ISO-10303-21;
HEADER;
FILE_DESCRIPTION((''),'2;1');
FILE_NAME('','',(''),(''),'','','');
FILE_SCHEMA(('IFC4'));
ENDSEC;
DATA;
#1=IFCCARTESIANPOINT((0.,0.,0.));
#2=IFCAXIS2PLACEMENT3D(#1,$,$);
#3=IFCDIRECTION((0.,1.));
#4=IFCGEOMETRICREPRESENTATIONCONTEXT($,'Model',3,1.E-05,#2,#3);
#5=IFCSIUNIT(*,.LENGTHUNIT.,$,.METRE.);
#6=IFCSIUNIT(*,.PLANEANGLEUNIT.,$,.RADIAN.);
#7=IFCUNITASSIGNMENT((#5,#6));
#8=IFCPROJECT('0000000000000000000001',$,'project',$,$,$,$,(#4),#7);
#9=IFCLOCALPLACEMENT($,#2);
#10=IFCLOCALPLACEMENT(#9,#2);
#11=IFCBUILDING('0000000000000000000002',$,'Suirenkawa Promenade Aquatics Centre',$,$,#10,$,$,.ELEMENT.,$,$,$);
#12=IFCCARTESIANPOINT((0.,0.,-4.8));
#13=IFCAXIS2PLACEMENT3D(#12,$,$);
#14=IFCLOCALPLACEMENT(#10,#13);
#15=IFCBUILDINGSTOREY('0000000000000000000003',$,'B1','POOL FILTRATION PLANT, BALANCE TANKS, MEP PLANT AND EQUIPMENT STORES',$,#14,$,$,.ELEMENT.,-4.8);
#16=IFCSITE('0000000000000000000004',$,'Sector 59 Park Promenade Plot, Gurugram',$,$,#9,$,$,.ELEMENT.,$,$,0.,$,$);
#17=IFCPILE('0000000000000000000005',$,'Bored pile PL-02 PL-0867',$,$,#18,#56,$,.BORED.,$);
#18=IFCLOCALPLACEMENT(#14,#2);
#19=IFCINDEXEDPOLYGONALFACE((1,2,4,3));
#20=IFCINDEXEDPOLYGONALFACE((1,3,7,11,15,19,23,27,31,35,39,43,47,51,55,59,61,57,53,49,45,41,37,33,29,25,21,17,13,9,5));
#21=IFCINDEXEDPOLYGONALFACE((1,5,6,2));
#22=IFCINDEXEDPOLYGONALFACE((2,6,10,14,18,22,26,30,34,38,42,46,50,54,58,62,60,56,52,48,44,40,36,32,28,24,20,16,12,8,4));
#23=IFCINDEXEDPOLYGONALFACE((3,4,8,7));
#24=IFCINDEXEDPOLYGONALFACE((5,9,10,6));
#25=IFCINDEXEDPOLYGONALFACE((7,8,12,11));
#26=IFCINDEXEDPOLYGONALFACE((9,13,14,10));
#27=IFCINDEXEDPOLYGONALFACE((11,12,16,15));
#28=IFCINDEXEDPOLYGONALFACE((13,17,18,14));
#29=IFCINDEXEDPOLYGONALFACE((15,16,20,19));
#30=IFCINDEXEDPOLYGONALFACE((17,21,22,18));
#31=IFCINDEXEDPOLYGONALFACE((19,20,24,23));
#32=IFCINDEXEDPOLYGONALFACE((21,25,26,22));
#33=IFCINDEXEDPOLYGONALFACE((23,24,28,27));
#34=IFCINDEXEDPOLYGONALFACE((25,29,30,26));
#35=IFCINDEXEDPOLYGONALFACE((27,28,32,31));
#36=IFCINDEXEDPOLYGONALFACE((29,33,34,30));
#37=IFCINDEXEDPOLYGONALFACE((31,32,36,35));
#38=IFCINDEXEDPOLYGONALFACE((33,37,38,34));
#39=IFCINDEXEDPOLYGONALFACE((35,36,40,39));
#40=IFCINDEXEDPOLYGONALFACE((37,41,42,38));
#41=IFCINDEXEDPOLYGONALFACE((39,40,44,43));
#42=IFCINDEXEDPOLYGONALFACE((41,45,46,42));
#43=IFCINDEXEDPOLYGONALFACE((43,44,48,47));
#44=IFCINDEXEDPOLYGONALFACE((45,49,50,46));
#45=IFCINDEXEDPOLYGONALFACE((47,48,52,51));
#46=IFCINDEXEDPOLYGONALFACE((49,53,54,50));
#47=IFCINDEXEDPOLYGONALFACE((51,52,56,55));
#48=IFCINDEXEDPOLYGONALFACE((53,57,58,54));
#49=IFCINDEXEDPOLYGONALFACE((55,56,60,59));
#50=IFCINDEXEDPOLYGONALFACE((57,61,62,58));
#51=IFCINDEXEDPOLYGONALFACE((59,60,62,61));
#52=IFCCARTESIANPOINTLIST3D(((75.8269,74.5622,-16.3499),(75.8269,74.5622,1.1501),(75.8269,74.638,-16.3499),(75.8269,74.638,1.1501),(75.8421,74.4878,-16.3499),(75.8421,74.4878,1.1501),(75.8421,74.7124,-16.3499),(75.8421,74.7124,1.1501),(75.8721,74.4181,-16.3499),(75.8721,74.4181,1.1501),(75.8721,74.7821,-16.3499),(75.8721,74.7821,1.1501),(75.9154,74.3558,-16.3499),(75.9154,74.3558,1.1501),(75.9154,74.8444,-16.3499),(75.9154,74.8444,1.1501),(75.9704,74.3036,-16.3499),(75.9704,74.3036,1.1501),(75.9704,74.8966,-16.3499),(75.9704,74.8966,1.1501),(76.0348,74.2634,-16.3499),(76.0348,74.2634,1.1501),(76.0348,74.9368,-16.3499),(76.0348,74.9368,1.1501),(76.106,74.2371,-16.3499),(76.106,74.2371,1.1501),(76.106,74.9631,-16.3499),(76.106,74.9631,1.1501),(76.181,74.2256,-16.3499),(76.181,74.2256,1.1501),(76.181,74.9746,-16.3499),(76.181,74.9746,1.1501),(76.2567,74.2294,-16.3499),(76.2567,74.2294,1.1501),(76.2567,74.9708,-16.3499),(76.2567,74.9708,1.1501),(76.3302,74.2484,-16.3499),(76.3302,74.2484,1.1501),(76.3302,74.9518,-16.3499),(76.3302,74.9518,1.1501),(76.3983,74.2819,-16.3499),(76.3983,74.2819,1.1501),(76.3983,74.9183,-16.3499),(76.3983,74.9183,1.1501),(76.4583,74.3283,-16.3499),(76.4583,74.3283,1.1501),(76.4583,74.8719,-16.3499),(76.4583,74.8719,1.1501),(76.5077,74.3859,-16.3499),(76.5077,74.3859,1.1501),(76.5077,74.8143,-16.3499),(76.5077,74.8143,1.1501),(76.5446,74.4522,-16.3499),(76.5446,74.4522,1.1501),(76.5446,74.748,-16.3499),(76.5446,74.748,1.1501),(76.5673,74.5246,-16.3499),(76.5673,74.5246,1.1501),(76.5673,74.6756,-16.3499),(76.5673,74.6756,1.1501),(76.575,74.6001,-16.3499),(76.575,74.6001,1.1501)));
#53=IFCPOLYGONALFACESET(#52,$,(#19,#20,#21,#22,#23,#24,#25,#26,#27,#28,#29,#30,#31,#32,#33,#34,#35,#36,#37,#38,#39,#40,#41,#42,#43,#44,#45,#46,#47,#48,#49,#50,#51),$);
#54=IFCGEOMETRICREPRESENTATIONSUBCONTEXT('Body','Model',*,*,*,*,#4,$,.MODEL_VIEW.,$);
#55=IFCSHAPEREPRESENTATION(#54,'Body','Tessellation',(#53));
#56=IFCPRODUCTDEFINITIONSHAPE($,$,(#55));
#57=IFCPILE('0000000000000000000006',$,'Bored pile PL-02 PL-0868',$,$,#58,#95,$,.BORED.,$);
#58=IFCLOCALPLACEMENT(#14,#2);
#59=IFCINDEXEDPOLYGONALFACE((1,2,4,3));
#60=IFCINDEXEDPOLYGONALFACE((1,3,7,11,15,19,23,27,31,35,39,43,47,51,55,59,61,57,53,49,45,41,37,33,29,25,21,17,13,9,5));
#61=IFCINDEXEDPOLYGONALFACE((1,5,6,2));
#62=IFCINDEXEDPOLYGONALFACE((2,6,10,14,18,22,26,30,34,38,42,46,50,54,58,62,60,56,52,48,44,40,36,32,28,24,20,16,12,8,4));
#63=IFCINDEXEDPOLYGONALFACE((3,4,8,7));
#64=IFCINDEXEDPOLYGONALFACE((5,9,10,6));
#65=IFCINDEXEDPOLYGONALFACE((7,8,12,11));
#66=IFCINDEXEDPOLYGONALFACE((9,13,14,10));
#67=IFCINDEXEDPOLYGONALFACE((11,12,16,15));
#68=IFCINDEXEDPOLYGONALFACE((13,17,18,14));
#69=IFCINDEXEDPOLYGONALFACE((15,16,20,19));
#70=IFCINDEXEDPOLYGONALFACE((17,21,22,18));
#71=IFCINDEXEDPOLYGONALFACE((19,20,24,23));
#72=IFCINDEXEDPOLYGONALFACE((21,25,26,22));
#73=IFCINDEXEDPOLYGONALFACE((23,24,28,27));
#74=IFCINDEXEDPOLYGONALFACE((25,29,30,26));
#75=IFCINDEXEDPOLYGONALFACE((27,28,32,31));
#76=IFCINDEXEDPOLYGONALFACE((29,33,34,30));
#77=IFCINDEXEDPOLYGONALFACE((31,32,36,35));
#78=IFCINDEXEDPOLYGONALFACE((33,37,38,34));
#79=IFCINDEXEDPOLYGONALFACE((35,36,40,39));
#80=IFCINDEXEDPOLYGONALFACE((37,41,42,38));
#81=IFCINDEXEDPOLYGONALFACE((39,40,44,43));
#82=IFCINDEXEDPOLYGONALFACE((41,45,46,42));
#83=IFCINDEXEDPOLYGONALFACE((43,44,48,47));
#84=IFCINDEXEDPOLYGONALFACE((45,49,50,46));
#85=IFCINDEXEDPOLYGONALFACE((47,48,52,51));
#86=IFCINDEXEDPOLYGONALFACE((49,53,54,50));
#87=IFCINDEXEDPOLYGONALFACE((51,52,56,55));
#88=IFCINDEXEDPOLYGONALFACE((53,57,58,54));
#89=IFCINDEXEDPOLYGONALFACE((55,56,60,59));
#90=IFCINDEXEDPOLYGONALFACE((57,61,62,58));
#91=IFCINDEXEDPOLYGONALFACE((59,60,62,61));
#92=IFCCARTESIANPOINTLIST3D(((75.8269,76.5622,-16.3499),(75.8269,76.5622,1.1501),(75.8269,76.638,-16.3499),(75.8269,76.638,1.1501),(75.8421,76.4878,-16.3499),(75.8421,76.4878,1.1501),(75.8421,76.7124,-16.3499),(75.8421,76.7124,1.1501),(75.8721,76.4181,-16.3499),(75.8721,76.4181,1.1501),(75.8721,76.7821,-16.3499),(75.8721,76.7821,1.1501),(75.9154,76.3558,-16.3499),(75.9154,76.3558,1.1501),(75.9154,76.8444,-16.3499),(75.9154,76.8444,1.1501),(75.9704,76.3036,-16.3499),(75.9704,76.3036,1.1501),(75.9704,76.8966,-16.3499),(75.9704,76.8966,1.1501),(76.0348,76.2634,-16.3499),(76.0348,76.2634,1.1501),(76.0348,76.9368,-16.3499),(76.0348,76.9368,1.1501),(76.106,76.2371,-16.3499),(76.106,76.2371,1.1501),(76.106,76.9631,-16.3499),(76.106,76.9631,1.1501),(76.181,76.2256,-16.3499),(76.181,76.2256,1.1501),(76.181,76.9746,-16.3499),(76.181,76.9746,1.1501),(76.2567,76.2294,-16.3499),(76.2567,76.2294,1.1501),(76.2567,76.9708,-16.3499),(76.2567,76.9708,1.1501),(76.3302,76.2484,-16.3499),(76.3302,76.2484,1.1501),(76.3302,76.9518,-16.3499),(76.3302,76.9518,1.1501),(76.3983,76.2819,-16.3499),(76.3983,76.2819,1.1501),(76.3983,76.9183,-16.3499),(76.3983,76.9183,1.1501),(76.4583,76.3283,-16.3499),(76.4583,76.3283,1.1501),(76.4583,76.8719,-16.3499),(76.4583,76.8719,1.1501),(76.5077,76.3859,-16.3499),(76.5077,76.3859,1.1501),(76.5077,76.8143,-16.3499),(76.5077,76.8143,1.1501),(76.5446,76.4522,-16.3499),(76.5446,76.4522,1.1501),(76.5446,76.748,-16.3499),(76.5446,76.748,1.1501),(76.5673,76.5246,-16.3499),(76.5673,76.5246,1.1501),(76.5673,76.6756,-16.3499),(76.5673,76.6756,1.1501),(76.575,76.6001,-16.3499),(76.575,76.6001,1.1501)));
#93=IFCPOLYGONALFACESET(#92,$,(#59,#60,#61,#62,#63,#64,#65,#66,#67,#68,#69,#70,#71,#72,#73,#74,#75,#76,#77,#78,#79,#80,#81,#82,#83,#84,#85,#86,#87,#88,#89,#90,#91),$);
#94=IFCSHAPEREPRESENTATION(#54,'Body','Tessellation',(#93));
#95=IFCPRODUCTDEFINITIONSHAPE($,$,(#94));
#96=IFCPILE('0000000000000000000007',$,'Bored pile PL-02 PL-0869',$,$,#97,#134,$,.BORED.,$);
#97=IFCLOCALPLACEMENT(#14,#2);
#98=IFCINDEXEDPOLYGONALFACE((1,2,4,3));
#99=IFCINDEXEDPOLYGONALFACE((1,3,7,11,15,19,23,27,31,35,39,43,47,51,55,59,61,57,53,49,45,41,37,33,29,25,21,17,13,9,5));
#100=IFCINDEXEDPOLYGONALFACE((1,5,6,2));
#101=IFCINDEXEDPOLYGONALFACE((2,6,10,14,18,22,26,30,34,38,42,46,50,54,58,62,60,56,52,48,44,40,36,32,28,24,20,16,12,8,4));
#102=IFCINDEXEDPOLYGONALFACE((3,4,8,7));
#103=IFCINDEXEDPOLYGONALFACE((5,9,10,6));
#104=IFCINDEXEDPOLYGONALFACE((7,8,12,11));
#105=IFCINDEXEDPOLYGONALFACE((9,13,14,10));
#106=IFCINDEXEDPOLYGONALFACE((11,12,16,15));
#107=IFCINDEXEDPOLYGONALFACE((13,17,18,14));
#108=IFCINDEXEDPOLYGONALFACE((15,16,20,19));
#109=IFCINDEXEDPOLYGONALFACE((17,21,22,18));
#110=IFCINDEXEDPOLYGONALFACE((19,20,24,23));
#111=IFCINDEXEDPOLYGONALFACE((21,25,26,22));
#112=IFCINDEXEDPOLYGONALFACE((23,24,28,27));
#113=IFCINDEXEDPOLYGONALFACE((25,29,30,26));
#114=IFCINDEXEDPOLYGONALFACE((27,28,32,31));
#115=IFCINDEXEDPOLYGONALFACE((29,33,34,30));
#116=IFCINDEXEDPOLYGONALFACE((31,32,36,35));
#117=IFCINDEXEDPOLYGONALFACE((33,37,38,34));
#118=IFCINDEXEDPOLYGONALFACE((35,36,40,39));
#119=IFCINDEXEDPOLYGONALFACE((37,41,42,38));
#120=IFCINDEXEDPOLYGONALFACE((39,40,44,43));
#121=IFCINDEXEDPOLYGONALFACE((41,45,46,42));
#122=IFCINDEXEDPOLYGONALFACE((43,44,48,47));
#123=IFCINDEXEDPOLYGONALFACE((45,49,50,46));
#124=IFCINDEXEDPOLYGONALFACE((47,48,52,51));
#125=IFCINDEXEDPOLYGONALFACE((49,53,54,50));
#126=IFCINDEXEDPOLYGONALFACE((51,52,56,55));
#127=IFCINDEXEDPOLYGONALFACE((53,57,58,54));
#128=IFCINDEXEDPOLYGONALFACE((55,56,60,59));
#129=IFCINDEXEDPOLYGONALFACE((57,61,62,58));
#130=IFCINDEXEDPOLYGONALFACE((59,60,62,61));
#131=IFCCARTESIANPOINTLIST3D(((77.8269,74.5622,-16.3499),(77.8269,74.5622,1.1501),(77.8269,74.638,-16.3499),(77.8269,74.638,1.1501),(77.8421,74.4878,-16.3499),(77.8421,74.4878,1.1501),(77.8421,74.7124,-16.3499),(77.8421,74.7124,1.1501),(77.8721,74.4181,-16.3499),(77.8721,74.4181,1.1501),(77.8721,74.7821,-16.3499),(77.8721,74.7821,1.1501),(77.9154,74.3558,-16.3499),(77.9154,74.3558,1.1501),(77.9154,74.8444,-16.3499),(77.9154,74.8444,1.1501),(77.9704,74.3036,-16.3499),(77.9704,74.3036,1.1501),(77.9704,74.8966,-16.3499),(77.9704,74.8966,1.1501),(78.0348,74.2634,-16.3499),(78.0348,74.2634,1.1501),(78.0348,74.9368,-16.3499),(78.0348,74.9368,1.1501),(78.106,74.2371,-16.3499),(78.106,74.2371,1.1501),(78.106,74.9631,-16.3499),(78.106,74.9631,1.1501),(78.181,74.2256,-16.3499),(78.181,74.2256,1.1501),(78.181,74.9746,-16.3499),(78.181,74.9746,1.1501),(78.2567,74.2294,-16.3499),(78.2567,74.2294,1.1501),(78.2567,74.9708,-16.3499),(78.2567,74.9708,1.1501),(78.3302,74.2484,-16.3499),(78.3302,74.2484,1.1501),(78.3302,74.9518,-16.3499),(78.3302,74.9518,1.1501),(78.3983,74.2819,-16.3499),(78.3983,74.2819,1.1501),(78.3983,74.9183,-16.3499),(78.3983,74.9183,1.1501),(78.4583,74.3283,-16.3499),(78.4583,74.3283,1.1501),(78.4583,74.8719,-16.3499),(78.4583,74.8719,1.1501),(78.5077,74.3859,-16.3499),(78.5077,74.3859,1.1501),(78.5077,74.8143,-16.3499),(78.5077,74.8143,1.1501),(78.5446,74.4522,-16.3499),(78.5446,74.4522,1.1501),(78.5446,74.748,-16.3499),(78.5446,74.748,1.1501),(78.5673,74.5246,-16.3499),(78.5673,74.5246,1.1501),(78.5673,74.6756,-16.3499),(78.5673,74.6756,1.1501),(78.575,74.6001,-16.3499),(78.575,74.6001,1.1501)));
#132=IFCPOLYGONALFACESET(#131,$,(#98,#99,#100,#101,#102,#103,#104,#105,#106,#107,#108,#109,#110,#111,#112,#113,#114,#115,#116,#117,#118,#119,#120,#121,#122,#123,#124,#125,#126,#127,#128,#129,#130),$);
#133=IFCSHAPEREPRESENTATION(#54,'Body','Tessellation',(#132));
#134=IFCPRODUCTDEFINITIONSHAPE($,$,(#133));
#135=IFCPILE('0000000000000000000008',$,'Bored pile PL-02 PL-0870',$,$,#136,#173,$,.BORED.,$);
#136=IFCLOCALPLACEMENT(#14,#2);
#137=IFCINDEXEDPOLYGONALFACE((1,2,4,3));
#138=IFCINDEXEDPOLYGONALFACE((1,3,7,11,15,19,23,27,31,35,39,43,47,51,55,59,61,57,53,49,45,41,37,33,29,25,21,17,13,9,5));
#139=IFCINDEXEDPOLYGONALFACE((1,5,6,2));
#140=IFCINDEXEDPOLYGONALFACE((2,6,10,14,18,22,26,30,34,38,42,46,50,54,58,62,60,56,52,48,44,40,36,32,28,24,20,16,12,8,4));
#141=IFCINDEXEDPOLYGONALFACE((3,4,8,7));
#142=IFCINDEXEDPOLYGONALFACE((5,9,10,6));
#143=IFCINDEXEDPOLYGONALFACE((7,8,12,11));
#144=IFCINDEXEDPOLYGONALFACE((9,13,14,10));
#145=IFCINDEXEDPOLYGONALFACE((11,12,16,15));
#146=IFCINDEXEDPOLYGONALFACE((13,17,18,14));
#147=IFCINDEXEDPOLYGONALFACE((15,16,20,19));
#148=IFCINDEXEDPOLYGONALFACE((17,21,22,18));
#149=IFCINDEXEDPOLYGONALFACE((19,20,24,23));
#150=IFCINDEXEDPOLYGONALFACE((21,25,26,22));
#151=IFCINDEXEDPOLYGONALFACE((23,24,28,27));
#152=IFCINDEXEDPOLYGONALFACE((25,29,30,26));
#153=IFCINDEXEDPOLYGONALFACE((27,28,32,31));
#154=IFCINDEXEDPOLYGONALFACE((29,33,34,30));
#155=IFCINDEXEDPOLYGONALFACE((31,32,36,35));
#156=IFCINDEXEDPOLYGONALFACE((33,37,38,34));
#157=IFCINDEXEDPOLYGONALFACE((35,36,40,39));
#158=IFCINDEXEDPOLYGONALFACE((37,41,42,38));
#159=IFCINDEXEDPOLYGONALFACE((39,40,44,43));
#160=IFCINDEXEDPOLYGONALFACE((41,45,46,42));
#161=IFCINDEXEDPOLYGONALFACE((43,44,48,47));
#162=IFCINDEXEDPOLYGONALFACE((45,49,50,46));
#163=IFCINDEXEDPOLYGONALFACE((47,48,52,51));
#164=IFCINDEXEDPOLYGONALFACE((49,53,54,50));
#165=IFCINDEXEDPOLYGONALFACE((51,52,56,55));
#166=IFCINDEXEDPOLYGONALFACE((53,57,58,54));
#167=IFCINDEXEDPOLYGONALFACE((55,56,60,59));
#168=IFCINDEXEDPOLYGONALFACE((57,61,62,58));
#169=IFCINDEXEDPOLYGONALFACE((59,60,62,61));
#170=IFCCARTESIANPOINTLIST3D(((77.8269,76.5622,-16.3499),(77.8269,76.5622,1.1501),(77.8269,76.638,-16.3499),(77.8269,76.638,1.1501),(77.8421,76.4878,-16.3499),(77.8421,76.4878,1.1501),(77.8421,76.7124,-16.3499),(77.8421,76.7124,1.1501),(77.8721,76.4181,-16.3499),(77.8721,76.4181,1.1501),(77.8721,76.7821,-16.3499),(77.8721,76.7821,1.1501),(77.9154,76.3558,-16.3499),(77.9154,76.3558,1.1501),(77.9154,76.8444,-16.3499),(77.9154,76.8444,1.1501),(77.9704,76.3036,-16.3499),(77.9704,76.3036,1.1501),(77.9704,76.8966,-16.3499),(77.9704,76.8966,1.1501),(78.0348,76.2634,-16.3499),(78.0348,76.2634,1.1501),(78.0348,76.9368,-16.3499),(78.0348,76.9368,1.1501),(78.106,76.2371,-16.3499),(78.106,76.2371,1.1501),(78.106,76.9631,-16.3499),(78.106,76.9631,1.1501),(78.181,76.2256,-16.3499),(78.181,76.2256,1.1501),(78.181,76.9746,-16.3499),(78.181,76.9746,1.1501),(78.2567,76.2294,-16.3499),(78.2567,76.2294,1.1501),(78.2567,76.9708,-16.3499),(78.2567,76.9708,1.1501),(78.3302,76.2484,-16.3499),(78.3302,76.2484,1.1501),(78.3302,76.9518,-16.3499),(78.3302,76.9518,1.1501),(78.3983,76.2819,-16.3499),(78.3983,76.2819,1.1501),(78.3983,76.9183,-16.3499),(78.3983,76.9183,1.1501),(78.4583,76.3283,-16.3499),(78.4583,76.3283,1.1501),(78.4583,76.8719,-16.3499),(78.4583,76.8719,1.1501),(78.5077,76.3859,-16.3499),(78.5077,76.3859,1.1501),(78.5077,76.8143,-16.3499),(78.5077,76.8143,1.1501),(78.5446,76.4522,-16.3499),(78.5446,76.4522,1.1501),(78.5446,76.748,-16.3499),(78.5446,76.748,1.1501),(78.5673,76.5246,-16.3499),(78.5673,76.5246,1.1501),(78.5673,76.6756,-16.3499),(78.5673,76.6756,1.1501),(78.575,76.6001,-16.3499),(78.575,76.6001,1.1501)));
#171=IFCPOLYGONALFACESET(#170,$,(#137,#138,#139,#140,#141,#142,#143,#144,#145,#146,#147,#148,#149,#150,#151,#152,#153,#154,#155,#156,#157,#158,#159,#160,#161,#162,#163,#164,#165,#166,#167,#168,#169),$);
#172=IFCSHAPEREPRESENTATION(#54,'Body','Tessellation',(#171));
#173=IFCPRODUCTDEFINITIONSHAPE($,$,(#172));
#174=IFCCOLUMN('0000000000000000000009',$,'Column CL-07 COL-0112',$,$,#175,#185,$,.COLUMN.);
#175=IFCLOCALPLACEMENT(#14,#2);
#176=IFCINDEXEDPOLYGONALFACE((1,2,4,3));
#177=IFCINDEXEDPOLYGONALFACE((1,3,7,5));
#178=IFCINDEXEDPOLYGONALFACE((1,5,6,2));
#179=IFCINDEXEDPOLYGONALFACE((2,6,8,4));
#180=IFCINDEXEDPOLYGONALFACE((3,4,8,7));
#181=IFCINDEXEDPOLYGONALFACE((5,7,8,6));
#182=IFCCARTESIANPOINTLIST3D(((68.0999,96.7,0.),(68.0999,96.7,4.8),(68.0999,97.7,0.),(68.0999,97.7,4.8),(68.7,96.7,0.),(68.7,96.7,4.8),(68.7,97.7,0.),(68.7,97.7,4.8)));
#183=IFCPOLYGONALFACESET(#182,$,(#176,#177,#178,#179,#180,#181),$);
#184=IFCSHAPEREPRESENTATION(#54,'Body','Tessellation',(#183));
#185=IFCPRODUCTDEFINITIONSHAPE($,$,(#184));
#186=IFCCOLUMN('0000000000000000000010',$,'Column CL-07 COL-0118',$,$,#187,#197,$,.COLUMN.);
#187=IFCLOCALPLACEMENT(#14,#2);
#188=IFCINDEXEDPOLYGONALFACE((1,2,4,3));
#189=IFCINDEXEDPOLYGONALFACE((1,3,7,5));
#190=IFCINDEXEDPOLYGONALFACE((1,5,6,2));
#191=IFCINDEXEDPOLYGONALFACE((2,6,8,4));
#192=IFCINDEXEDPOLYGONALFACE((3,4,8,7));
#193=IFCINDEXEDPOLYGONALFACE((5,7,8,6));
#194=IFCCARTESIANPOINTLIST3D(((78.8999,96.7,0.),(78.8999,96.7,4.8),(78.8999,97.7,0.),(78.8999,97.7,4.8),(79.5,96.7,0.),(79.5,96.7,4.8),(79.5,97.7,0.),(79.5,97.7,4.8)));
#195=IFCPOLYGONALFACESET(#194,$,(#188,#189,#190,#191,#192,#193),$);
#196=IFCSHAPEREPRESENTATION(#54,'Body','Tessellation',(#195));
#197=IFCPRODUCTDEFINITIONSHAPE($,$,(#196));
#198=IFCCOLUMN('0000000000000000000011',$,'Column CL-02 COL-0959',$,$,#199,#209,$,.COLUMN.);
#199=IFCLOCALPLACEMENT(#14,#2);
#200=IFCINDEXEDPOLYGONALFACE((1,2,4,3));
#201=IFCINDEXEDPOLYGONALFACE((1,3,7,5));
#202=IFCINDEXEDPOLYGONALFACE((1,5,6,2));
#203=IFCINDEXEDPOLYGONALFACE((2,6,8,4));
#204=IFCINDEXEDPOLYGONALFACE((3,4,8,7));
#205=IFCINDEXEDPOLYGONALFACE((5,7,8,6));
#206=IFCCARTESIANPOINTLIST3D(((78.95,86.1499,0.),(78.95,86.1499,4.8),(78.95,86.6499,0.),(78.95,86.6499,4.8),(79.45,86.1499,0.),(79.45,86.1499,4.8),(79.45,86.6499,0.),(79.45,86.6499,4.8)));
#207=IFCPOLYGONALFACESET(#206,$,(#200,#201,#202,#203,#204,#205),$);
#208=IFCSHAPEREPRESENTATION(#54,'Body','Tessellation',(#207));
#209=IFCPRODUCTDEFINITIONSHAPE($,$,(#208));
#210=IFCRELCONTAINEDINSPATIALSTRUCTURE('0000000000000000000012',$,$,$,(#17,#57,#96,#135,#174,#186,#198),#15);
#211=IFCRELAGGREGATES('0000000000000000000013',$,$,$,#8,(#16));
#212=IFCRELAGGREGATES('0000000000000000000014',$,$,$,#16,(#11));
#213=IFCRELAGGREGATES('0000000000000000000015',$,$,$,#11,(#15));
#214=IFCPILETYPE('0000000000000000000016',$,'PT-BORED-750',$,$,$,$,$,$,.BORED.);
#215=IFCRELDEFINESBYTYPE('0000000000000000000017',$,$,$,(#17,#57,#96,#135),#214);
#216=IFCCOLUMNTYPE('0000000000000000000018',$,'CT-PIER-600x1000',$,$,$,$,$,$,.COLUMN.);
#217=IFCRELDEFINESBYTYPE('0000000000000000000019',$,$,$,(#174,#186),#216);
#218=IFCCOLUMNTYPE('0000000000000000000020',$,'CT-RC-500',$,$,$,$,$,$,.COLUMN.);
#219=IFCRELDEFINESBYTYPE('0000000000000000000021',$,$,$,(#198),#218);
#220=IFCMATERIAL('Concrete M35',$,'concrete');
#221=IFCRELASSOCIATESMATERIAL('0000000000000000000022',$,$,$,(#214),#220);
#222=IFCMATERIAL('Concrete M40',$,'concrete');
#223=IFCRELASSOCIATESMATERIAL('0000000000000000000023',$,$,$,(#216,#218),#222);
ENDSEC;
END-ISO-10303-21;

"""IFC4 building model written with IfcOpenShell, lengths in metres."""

from ifc_helpers import new_model, si_unit, direction, frame, origin, origin_2d, place, context, subcontext, project, spatial, rectangle, circle, extrude, material, material_profile, profile_set, type_object, element, save


model = new_model("IFC4")

# Units and contexts
model_context = context("Model", 3, precision=1e-05, world=origin(), true_north=direction((0.0, 1.0)))
body_context = subcontext(model_context, "Body", "Model", "MODEL_VIEW")
ifc_project = project(units=[si_unit("LENGTHUNIT", "METRE"), si_unit("PLANEANGLEUNIT", "RADIAN")], contexts=[model_context])

# Site, building, storey
site_placement = place(None, origin())
site = spatial("IfcSite", under=ifc_project, at=site_placement, Name="Sector 59 Park Promenade Plot, Gurugram", CompositionType="ELEMENT", RefElevation=0.0)
building_placement = place(site_placement, origin())
building = spatial("IfcBuilding", under=site, at=building_placement, Name="Suirenkawa Promenade Aquatics Centre", CompositionType="ELEMENT")
storey_placement = place(building_placement, frame((0.0, 0.0, -4.8)))
storey = spatial("IfcBuildingStorey", under=building, at=storey_placement, Name="B1", Description="POOL FILTRATION PLANT, BALANCE TANKS, MEP PLANT AND EQUIPMENT STORES", CompositionType="ELEMENT", Elevation=-4.8)

# Shared definitions
ifc_material_1 = material(Name="Concrete M35", Category="concrete")

# Piles
ifc_material_profile_1 = material_profile(ifc_material_1, circle(Radius=0.375, at=origin_2d()), Name="PILE D750", Category="concrete")
ifc_profile_set_1 = profile_set([ifc_material_profile_1], Name="Concrete M35")
pile_type_1 = type_object("IfcPileType", Name="PT-BORED-750", PredefinedType="BORED", material=ifc_profile_set_1)
for number, where, z_axis, x_axis, name in (
    (1, (76.2, 74.6001, 1.1501), (0.0, 0.0, -1.0), (1.0, 0.0, 0.0), "Bored pile PL-02 PL-0867"),
    (2, (76.2, 76.6001, 1.1501), (0.0, 0.0, -1.0), (1.0, 0.0, 0.0), "Bored pile PL-02 PL-0868"),
    (3, (78.2, 74.6001, 1.1501), (0.0, 0.0, -1.0), (1.0, 0.0, 0.0), "Bored pile PL-02 PL-0869"),
    (4, (78.2, 76.6001, 1.1501), (0.0, 0.0, -1.0), (1.0, 0.0, 0.0), "Bored pile PL-02 PL-0870"),
):
    element("IfcPile", number, at=place(storey_placement, frame(where, z_axis=z_axis, x_axis=x_axis)), inside=storey, type_object=pile_type_1, Name=name, PredefinedType="BORED", context=body_context, shape_type="SweptSolid", body=[
        extrude(circle(Radius=0.375, at=origin_2d()), origin(), (0.0, 0.0, 1.0), 17.5),
    ])

# Columns
ifc_material_2 = material(Name="Concrete M40", Category="concrete")
ifc_material_profile_2 = material_profile(ifc_material_2, rectangle(XDim=0.6001, YDim=1.0, at=origin_2d()), Name="RC PIER 600x1000", Category="concrete")
ifc_profile_set_2 = profile_set([ifc_material_profile_2], Name="Concrete M40")
column_type_1 = type_object("IfcColumnType", Name="CT-PIER-600x1000", PredefinedType="COLUMN", material=ifc_profile_set_2)
for number, where, z_axis, x_axis, name in (
    (5, (68.3999, 97.2, 0.0), (0.0, 0.0, 1.0), (1.0, 0.0, 0.0), "Column CL-07 COL-0112"),
    (6, (79.2, 97.2, 0.0), (0.0, 0.0, 1.0), (1.0, 0.0, 0.0), "Column CL-07 COL-0118"),
):
    element("IfcColumn", number, at=place(storey_placement, frame(where, z_axis=z_axis, x_axis=x_axis)), inside=storey, type_object=column_type_1, Name=name, PredefinedType="COLUMN", context=body_context, shape_type="SweptSolid", body=[
        extrude(rectangle(XDim=0.6001, YDim=1.0, at=origin_2d()), origin(), (0.0, 0.0, 1.0), 4.8),
    ])
ifc_material_profile_3 = material_profile(ifc_material_2, rectangle(XDim=0.5, YDim=0.5, at=origin_2d()), Name="RC COL 500x500", Category="concrete")
ifc_profile_set_3 = profile_set([ifc_material_profile_3], Name="Concrete M40")
column_type_2 = type_object("IfcColumnType", Name="CT-RC-500", PredefinedType="COLUMN", material=ifc_profile_set_3)
for number, where, z_axis, x_axis, name in (
    (7, (79.2, 86.3999, 0.0), (0.0, 0.0, 1.0), (1.0, 0.0, 0.0), "Column CL-02 COL-0959"),
):
    element("IfcColumn", number, at=place(storey_placement, frame(where, z_axis=z_axis, x_axis=x_axis)), inside=storey, type_object=column_type_2, Name=name, PredefinedType="COLUMN", context=body_context, shape_type="SweptSolid", body=[
        extrude(rectangle(XDim=0.5, YDim=0.5, at=origin_2d()), origin(), (0.0, 0.0, 1.0), 4.8),
    ])

save(model, "model.ifc")
